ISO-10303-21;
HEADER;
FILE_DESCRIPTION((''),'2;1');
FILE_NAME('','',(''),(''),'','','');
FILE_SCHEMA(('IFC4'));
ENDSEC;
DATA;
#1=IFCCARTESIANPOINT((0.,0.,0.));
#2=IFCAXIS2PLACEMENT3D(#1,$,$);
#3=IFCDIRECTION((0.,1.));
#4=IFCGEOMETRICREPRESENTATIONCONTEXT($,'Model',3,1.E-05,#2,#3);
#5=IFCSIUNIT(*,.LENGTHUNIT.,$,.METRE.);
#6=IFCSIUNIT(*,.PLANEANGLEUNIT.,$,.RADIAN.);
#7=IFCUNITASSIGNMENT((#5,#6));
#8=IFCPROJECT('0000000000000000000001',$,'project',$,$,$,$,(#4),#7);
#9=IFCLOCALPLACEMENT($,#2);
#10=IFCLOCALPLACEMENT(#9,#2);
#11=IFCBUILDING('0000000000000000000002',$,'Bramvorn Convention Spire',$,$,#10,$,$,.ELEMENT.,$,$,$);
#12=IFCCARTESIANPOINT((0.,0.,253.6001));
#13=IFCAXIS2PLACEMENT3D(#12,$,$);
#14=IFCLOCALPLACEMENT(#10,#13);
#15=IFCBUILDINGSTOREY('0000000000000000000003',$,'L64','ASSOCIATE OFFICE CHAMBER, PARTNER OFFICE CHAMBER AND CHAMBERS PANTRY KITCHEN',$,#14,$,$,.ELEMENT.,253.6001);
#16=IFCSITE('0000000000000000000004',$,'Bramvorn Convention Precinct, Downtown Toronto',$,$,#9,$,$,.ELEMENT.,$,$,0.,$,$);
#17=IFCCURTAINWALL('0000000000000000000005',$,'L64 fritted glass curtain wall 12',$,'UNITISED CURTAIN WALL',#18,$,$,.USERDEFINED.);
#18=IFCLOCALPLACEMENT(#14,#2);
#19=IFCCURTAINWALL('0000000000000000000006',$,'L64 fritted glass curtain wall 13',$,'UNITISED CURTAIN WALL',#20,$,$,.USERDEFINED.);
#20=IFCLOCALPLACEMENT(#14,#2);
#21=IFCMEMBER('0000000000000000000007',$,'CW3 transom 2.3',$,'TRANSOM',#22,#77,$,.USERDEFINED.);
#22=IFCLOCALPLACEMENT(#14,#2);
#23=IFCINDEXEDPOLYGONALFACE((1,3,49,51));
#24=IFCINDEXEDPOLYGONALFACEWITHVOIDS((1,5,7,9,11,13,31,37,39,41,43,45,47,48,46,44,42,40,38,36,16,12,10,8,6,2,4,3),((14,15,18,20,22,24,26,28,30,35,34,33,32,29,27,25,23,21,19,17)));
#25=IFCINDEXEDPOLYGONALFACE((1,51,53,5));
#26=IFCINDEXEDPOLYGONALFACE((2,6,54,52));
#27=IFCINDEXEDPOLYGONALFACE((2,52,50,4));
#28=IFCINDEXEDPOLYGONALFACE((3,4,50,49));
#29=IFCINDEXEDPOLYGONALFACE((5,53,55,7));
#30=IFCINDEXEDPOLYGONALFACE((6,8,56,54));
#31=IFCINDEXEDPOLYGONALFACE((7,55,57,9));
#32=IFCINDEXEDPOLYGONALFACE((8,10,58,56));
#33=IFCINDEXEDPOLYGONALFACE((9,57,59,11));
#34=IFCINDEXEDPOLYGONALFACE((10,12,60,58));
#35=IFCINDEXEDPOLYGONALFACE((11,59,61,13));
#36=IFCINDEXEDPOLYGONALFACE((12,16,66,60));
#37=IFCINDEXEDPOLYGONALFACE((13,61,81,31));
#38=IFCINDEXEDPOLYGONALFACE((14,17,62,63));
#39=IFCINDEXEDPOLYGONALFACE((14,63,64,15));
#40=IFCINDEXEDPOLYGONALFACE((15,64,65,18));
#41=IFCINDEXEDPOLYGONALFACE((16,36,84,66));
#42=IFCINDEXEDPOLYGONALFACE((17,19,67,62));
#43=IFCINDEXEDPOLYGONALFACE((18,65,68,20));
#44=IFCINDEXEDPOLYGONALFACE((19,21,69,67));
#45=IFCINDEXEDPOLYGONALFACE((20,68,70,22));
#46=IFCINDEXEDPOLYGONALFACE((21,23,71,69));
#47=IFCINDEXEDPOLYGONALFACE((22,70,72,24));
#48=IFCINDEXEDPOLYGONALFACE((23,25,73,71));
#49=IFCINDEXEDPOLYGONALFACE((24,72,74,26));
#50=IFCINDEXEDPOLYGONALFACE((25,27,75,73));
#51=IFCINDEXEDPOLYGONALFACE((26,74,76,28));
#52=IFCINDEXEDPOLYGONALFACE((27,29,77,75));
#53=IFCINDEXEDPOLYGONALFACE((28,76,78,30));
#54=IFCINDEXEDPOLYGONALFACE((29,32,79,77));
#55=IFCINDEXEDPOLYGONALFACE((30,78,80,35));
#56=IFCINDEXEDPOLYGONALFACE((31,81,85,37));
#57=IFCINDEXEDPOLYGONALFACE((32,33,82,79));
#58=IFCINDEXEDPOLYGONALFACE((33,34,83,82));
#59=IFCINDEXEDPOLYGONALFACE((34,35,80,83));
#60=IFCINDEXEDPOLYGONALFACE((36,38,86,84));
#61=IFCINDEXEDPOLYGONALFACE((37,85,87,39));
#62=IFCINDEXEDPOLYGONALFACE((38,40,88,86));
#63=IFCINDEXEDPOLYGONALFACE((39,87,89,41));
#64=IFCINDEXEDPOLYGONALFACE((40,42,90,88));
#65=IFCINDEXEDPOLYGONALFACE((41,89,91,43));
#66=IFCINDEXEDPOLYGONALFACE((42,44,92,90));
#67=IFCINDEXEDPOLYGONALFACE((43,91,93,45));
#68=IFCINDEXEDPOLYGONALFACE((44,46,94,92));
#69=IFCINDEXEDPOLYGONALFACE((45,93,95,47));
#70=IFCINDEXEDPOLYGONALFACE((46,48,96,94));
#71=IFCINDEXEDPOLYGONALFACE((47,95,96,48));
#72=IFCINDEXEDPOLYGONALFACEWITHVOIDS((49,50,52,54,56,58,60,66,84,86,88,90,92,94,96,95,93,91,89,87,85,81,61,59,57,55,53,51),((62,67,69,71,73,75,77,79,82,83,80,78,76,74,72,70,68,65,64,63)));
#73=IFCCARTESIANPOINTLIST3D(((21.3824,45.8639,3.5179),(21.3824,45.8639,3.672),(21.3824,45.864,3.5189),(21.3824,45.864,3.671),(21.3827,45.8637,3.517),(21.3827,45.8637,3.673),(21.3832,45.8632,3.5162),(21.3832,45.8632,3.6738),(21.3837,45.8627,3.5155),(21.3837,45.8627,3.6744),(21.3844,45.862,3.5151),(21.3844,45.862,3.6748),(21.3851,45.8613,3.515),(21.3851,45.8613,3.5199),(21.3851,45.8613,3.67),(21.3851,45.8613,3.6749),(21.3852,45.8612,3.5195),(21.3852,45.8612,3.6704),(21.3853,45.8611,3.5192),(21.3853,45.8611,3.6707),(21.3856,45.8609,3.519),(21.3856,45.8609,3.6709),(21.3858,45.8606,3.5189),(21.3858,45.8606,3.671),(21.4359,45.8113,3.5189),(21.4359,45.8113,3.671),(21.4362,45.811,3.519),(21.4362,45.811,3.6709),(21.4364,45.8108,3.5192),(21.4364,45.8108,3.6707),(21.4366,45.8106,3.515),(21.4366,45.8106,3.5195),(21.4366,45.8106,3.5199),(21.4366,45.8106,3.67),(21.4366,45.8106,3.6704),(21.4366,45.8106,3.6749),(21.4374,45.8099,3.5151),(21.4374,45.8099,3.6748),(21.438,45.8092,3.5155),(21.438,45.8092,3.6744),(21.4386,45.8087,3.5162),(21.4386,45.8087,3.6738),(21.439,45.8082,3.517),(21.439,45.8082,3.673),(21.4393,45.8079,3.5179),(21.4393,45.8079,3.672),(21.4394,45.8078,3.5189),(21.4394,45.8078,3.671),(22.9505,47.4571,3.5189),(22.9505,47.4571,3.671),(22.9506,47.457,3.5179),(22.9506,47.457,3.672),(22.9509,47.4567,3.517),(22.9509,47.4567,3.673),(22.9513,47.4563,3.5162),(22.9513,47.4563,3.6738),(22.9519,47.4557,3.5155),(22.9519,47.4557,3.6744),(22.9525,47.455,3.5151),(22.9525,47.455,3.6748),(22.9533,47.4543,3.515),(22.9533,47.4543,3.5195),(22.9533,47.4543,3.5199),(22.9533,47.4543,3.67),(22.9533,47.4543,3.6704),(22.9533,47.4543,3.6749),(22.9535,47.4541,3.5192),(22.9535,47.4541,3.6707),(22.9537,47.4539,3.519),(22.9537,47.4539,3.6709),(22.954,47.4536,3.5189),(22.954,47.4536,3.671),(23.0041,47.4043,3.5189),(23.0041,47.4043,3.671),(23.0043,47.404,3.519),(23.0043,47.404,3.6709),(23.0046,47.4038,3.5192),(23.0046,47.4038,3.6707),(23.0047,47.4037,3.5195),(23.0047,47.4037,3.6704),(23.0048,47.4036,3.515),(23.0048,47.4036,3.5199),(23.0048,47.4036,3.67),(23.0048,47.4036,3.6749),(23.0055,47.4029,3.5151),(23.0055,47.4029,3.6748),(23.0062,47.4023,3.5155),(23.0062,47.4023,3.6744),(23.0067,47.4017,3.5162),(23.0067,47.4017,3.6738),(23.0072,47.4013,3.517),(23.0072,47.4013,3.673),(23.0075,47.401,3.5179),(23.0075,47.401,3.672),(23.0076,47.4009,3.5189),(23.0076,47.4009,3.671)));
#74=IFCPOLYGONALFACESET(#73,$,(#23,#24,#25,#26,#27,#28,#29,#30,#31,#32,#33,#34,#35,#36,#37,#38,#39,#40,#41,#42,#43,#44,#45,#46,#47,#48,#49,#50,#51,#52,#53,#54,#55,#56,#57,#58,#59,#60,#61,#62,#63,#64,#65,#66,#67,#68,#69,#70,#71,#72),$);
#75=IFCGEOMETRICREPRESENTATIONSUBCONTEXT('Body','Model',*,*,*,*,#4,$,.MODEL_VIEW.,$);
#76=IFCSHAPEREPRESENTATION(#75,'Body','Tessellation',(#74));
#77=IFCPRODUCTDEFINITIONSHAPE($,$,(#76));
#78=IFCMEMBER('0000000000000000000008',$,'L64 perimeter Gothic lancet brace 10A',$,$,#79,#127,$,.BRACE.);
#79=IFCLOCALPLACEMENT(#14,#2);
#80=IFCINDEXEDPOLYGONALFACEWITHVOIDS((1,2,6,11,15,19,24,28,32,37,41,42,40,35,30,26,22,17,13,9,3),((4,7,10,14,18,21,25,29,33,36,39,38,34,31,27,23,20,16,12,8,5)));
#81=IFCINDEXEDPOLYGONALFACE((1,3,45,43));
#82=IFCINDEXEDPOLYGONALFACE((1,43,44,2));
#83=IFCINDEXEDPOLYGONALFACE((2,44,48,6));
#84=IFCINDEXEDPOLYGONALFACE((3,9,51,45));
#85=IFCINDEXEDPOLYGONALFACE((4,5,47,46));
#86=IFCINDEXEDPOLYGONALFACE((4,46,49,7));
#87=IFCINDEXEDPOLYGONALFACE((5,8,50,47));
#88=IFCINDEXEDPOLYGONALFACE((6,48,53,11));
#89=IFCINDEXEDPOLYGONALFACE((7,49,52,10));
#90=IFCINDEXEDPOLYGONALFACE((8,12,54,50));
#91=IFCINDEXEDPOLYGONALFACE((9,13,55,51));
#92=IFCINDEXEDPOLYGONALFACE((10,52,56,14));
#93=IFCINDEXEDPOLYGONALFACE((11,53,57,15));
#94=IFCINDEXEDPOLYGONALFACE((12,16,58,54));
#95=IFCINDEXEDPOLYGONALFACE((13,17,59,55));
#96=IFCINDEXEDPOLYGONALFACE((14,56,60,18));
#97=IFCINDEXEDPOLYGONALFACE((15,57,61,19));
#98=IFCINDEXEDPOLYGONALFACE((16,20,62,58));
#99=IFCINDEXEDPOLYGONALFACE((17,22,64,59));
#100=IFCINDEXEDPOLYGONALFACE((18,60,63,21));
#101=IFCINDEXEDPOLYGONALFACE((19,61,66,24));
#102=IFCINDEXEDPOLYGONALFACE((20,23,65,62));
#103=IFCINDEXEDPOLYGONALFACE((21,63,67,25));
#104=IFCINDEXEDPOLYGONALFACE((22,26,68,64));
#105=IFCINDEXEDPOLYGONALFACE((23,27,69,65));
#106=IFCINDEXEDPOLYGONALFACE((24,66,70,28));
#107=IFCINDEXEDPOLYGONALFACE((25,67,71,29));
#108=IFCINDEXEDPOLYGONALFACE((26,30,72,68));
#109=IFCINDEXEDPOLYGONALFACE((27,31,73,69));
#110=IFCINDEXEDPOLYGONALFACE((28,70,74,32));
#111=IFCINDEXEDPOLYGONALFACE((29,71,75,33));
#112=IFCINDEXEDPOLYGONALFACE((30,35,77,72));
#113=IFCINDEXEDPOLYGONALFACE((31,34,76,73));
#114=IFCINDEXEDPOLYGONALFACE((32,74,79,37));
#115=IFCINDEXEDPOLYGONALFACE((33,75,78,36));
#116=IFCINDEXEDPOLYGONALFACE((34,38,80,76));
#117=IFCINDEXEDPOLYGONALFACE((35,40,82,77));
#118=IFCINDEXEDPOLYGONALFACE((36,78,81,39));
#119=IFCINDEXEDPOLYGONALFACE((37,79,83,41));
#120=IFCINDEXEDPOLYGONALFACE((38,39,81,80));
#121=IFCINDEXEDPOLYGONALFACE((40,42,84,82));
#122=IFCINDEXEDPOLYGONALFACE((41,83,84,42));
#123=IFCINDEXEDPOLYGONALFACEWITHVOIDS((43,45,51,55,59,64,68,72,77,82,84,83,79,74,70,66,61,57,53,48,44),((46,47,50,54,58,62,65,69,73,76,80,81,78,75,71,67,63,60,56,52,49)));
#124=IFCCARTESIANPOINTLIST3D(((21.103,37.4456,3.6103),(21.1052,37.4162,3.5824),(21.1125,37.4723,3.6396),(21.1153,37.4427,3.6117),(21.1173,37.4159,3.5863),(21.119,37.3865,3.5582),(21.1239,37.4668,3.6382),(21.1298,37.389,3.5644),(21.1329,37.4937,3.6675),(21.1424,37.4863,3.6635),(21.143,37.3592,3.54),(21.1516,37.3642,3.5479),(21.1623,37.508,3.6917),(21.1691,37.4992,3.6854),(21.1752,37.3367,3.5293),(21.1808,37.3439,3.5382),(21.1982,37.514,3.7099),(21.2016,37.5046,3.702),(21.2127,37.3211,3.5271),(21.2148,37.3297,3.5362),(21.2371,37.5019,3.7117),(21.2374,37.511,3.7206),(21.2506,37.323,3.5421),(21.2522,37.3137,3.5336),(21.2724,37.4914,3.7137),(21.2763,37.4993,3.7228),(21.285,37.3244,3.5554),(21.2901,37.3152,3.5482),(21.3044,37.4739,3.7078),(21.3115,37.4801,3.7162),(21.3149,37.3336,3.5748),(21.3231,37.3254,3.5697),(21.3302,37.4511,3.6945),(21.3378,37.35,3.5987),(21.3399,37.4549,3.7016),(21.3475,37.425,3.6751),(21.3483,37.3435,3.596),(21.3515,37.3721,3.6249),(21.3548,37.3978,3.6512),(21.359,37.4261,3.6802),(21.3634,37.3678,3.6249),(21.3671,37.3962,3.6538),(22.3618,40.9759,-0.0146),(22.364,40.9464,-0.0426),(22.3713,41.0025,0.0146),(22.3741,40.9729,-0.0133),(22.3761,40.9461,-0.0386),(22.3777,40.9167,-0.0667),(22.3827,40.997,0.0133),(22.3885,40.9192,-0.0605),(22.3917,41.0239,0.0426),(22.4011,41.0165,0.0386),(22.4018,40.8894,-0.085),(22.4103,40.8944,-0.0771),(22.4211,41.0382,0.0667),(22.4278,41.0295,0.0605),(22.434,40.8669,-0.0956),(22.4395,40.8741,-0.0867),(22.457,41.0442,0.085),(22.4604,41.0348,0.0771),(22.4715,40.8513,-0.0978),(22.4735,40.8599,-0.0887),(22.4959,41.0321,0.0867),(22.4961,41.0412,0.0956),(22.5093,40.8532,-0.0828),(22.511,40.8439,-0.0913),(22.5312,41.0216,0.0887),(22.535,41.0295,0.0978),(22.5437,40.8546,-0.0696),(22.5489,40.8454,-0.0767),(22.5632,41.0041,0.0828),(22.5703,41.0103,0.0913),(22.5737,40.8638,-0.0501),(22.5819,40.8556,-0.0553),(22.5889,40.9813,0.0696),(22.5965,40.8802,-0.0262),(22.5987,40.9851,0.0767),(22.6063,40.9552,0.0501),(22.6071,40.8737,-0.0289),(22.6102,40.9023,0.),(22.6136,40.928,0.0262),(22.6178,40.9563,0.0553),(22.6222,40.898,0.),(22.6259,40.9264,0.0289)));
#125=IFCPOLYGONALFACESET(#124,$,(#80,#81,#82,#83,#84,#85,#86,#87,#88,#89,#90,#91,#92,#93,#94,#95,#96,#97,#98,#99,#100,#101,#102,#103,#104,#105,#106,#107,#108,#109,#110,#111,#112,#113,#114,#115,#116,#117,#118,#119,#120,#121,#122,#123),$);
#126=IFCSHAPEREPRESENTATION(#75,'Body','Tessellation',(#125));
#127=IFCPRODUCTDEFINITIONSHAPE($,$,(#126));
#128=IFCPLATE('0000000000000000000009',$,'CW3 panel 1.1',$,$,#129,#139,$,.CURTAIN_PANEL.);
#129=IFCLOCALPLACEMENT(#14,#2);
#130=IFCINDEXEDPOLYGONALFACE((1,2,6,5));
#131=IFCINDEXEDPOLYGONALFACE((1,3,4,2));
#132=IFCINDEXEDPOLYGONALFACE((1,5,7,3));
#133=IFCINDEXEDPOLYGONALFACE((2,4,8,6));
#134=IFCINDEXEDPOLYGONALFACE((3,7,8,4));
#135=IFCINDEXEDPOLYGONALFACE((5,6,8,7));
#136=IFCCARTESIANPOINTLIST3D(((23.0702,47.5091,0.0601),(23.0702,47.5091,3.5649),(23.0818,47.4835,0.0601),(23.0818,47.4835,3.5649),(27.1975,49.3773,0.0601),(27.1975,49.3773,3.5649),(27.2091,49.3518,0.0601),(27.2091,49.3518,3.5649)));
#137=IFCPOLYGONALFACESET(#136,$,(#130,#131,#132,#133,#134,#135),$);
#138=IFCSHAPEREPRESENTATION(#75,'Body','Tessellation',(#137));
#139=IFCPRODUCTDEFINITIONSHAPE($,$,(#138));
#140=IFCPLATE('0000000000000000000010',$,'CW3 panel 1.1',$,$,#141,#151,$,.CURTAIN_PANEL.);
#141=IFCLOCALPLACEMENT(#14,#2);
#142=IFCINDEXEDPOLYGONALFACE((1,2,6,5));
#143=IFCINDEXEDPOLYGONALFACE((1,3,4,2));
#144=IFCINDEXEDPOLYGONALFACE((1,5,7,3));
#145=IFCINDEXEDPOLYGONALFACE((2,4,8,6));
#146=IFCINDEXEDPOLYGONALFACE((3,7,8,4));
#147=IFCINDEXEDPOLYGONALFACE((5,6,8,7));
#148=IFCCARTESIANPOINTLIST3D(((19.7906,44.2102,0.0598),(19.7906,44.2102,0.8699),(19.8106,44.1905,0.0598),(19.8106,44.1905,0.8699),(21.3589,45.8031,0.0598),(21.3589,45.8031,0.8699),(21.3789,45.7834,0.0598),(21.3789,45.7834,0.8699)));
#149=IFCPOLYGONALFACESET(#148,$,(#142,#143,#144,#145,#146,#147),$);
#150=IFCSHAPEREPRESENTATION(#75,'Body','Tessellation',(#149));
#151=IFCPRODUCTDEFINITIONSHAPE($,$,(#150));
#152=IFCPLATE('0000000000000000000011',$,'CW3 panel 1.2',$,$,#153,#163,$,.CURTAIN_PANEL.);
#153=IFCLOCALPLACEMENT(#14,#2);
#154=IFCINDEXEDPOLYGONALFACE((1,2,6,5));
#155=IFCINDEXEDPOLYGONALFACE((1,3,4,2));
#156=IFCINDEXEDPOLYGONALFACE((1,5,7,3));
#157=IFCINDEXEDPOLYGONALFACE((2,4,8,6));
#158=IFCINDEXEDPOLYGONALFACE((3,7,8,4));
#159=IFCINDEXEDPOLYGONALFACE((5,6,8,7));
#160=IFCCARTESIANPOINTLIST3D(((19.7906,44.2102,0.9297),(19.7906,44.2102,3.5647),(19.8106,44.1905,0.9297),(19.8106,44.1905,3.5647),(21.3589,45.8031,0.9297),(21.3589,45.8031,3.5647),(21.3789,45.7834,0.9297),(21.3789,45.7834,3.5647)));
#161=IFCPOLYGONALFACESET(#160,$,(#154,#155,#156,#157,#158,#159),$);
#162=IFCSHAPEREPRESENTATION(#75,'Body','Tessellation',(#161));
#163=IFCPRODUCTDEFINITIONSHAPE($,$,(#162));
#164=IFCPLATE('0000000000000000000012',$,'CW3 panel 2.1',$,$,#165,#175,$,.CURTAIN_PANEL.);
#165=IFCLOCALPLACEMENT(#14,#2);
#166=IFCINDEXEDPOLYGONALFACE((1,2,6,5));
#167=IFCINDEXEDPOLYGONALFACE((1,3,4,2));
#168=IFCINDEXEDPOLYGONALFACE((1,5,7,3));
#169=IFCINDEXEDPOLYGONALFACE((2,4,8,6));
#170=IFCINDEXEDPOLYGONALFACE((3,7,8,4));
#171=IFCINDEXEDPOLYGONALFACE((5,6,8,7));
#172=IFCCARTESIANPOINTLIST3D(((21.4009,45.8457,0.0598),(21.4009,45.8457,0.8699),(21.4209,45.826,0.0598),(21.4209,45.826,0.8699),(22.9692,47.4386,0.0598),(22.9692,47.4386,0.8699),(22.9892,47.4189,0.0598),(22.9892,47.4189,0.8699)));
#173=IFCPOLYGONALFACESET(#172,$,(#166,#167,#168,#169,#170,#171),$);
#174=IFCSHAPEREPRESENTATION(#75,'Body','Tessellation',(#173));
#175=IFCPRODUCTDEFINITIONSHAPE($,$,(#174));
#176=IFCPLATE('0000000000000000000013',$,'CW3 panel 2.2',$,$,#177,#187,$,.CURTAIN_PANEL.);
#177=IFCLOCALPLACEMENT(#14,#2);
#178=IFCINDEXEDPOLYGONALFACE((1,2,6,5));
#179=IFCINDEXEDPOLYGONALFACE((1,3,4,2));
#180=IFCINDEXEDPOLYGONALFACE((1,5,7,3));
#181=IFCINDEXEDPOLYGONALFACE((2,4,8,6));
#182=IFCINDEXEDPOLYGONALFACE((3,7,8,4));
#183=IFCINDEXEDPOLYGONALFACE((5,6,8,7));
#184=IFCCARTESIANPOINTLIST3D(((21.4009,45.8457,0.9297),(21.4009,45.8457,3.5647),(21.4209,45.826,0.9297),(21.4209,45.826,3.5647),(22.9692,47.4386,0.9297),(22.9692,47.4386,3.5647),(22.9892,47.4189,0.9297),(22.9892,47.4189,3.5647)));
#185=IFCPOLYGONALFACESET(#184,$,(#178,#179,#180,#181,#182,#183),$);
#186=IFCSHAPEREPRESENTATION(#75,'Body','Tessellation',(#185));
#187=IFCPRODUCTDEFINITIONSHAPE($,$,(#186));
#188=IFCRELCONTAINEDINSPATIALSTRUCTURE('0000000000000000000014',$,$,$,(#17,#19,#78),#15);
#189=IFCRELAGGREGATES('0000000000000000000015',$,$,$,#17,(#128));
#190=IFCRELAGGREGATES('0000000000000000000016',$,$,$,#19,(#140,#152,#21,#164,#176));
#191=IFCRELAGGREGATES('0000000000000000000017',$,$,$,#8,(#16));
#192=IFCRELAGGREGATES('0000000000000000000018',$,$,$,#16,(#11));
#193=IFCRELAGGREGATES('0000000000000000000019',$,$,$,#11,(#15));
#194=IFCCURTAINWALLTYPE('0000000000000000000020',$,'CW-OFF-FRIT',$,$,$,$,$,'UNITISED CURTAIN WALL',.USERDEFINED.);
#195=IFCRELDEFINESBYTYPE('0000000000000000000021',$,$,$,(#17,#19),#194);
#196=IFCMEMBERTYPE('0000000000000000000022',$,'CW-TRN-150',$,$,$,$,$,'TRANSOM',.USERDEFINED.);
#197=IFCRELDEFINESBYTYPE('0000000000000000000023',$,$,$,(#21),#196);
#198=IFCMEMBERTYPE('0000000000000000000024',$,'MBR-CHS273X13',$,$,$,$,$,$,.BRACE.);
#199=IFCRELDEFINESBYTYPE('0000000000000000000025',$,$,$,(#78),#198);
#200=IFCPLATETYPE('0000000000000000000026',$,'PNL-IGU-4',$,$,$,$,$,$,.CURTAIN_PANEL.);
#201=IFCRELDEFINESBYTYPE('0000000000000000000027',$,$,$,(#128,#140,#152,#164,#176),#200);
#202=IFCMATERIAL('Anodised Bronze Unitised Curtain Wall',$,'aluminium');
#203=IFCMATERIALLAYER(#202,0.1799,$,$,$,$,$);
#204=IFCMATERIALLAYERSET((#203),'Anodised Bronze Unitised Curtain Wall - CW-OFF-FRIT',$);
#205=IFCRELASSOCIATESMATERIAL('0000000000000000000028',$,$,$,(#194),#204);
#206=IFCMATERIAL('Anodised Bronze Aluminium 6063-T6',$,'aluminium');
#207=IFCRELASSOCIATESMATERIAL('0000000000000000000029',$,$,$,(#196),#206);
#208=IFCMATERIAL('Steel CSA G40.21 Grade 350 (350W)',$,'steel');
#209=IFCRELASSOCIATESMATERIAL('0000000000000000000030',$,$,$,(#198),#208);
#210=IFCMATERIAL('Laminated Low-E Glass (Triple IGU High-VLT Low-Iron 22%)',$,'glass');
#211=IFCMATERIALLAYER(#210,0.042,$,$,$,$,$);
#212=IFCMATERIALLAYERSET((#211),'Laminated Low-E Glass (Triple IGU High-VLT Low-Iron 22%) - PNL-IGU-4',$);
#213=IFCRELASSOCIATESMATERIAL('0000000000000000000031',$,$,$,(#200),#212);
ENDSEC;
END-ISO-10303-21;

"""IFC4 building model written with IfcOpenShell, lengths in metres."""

from ifc_helpers import new_model, si_unit, direction, frame, origin, origin_2d, place, context, subcontext, project, spatial, rectangle, hollow_rectangle, hollow_circle, extrude, material, layer, layer_set, material_profile, profile_set, type_object, element, aggregate, save


model = new_model("IFC4")

# Units and contexts
model_context = context("Model", 3, precision=1e-05, world=origin(), true_north=direction((0.0, 1.0)))
body_context = subcontext(model_context, "Body", "Model", "MODEL_VIEW")
ifc_project = project(units=[si_unit("LENGTHUNIT", "METRE"), si_unit("PLANEANGLEUNIT", "RADIAN")], contexts=[model_context])

# Site, building, storey
site_placement = place(None, origin())
site = spatial("IfcSite", under=ifc_project, at=site_placement, Name="Bramvorn Convention Precinct, Downtown Toronto", CompositionType="ELEMENT", RefElevation=0.0)
building_placement = place(site_placement, origin())
building = spatial("IfcBuilding", under=site, at=building_placement, Name="Bramvorn Convention Spire", CompositionType="ELEMENT")
storey_placement = place(building_placement, frame((0.0, 0.0, 253.6001)))
storey = spatial("IfcBuildingStorey", under=building, at=storey_placement, Name="L64", Description="ASSOCIATE OFFICE CHAMBER, PARTNER OFFICE CHAMBER AND CHAMBERS PANTRY KITCHEN", CompositionType="ELEMENT", Elevation=253.6001)

# Shared definitions
ifc_material_1 = material(Name="Steel CSA G40.21 Grade 350 (350W)", Category="steel")

# Curtain walls
ifc_material_2 = material(Name="Anodised Bronze Unitised Curtain Wall", Category="aluminium")
ifc_layer_1 = layer(ifc_material_2, 0.1799)
ifc_layer_set_1 = layer_set([ifc_layer_1], Name="Anodised Bronze Unitised Curtain Wall - CW-OFF-FRIT")
curtain_wall_type = type_object("IfcCurtainWallType", Name="CW-OFF-FRIT", ElementType="UNITISED CURTAIN WALL", PredefinedType="USERDEFINED", material=ifc_layer_set_1)
curtain_wall_1_placement = place(storey_placement, origin())
curtain_wall_1 = element("IfcCurtainWall", 1, at=curtain_wall_1_placement, inside=storey, type_object=curtain_wall_type, Name="L64 fritted glass curtain wall 12", ObjectType="UNITISED CURTAIN WALL", PredefinedType="USERDEFINED")
ifc_material_3 = material(Name="Anodised Bronze Aluminium 6063-T6", Category="aluminium")
curtain_wall_2_placement = place(storey_placement, origin())
curtain_wall_2 = element("IfcCurtainWall", 2, at=curtain_wall_2_placement, inside=storey, type_object=curtain_wall_type, Name="L64 fritted glass curtain wall 13", ObjectType="UNITISED CURTAIN WALL", PredefinedType="USERDEFINED")

# Members
ifc_material_profile_1 = material_profile(ifc_material_3, hollow_rectangle(XDim=0.0801, YDim=0.1599, WallThickness=0.0039, InnerFilletRadius=0.001, OuterFilletRadius=0.0039, at=origin_2d()))
ifc_profile_set_1 = profile_set([ifc_material_profile_1], Name="Anodised Bronze Aluminium 6063-T6 - CWT80X160")
member_type_1 = type_object("IfcMemberType", Name="CW-TRN-150", ElementType="TRANSOM", PredefinedType="USERDEFINED", material=ifc_profile_set_1)
member_1_placement = place(storey_placement, frame((21.4109, 45.8359, 3.595), z_axis=(0.701515, 0.712655, 0.0), x_axis=(-0.712655, 0.701515, 0.0)))
member_1 = element("IfcMember", 3, at=member_1_placement, type_object=member_type_1, Name="CW3 transom 2.3", ObjectType="TRANSOM", PredefinedType="USERDEFINED", context=body_context, shape_type="SweptSolid", body=[
    extrude(hollow_rectangle(XDim=0.0801, YDim=0.1599, WallThickness=0.0039, InnerFilletRadius=0.001, OuterFilletRadius=0.0039, at=origin_2d()), origin(), (0.0, 0.0, 1.0), 2.2354),
])
ifc_material_profile_2 = material_profile(ifc_material_1, hollow_circle(Radius=0.1365, WallThickness=0.0127, at=origin_2d()))
ifc_profile_set_2 = profile_set([ifc_material_profile_2], Name="Steel CSA G40.21 Grade 350 (350W) - CHS273X13")
member_type_2 = type_object("IfcMemberType", Name="MBR-CHS273X13", PredefinedType="BRACE", material=ifc_profile_set_2)
member_2_placement = place(storey_placement, frame((22.4937, 40.9438, 0.0), z_axis=(-0.241415, -0.677048, 0.695215), x_axis=(0.941913, -0.335858, 0.0)))
element("IfcMember", 4, at=member_2_placement, inside=storey, type_object=member_type_2, Name="L64 perimeter Gothic lancet brace 10A", PredefinedType="BRACE", context=body_context, shape_type="SweptSolid", body=[
    extrude(hollow_circle(Radius=0.1365, WallThickness=0.0127, at=origin_2d()), origin(), (0.0, 0.0, 1.0), 5.2141),
])

# Plates
ifc_material_4 = material(Name="Laminated Low-E Glass (Triple IGU High-VLT Low-Iron 22%)", Category="glass")
ifc_layer_2 = layer(ifc_material_4, 0.042)
ifc_layer_set_2 = layer_set([ifc_layer_2], Name="Laminated Low-E Glass (Triple IGU High-VLT Low-Iron 22%) - PNL-IGU-4")
plate_type = type_object("IfcPlateType", Name="PNL-IGU-4", PredefinedType="CURTAIN_PANEL", material=ifc_layer_set_2)
plate_1_placement = place(storey_placement, frame((25.1396, 48.4304, 0.0601), z_axis=(0.0, 0.0, 1.0), x_axis=(0.911015, 0.412374, 0.0)))
plate_1 = element("IfcPlate", 5, at=plate_1_placement, type_object=plate_type, Name="CW3 panel 1.1", PredefinedType="CURTAIN_PANEL", context=body_context, shape_type="SweptSolid", body=[
    extrude(rectangle(XDim=4.5305, YDim=0.0281, at=origin_2d()), origin(), (0.0, 0.0, 1.0), 3.5049),
])
aggregate(curtain_wall_1, [plate_1])
plate_2_placement = place(storey_placement, frame((20.5847, 44.9968, 0.0598), z_axis=(0.0, 0.0, 1.0), x_axis=(0.701581, 0.71259, 0.0)))
plate_2 = element("IfcPlate", 6, at=plate_2_placement, type_object=plate_type, Name="CW3 panel 1.1", PredefinedType="CURTAIN_PANEL", context=body_context, shape_type="SweptSolid", body=[
    extrude(rectangle(XDim=2.2354, YDim=0.0281, at=origin_2d()), origin(), (0.0, 0.0, 1.0), 0.8101),
])
plate_3_placement = place(storey_placement, frame((20.5847, 44.9968, 0.9297), z_axis=(0.0, 0.0, 1.0), x_axis=(0.701581, 0.71259, 0.0)))
plate_3 = element("IfcPlate", 7, at=plate_3_placement, type_object=plate_type, Name="CW3 panel 1.2", PredefinedType="CURTAIN_PANEL", context=body_context, shape_type="SweptSolid", body=[
    extrude(rectangle(XDim=2.2354, YDim=0.0281, at=origin_2d()), origin(), (0.0, 0.0, 1.0), 2.635),
])
plate_4_placement = place(storey_placement, frame((22.1951, 46.6323, 0.0598), z_axis=(0.0, 0.0, 1.0), x_axis=(0.701581, 0.71259, 0.0)))
plate_4 = element("IfcPlate", 8, at=plate_4_placement, type_object=plate_type, Name="CW3 panel 2.1", PredefinedType="CURTAIN_PANEL", context=body_context, shape_type="SweptSolid", body=[
    extrude(rectangle(XDim=2.2354, YDim=0.0281, at=origin_2d()), origin(), (0.0, 0.0, 1.0), 0.8101),
])
plate_5_placement = place(storey_placement, frame((22.1951, 46.6323, 0.9297), z_axis=(0.0, 0.0, 1.0), x_axis=(0.701581, 0.71259, 0.0)))
plate_5 = element("IfcPlate", 9, at=plate_5_placement, type_object=plate_type, Name="CW3 panel 2.2", PredefinedType="CURTAIN_PANEL", context=body_context, shape_type="SweptSolid", body=[
    extrude(rectangle(XDim=2.2354, YDim=0.0281, at=origin_2d()), origin(), (0.0, 0.0, 1.0), 2.635),
])
aggregate(curtain_wall_2, [plate_2, plate_3, member_1, plate_4, plate_5])

save(model, "model.ifc")
